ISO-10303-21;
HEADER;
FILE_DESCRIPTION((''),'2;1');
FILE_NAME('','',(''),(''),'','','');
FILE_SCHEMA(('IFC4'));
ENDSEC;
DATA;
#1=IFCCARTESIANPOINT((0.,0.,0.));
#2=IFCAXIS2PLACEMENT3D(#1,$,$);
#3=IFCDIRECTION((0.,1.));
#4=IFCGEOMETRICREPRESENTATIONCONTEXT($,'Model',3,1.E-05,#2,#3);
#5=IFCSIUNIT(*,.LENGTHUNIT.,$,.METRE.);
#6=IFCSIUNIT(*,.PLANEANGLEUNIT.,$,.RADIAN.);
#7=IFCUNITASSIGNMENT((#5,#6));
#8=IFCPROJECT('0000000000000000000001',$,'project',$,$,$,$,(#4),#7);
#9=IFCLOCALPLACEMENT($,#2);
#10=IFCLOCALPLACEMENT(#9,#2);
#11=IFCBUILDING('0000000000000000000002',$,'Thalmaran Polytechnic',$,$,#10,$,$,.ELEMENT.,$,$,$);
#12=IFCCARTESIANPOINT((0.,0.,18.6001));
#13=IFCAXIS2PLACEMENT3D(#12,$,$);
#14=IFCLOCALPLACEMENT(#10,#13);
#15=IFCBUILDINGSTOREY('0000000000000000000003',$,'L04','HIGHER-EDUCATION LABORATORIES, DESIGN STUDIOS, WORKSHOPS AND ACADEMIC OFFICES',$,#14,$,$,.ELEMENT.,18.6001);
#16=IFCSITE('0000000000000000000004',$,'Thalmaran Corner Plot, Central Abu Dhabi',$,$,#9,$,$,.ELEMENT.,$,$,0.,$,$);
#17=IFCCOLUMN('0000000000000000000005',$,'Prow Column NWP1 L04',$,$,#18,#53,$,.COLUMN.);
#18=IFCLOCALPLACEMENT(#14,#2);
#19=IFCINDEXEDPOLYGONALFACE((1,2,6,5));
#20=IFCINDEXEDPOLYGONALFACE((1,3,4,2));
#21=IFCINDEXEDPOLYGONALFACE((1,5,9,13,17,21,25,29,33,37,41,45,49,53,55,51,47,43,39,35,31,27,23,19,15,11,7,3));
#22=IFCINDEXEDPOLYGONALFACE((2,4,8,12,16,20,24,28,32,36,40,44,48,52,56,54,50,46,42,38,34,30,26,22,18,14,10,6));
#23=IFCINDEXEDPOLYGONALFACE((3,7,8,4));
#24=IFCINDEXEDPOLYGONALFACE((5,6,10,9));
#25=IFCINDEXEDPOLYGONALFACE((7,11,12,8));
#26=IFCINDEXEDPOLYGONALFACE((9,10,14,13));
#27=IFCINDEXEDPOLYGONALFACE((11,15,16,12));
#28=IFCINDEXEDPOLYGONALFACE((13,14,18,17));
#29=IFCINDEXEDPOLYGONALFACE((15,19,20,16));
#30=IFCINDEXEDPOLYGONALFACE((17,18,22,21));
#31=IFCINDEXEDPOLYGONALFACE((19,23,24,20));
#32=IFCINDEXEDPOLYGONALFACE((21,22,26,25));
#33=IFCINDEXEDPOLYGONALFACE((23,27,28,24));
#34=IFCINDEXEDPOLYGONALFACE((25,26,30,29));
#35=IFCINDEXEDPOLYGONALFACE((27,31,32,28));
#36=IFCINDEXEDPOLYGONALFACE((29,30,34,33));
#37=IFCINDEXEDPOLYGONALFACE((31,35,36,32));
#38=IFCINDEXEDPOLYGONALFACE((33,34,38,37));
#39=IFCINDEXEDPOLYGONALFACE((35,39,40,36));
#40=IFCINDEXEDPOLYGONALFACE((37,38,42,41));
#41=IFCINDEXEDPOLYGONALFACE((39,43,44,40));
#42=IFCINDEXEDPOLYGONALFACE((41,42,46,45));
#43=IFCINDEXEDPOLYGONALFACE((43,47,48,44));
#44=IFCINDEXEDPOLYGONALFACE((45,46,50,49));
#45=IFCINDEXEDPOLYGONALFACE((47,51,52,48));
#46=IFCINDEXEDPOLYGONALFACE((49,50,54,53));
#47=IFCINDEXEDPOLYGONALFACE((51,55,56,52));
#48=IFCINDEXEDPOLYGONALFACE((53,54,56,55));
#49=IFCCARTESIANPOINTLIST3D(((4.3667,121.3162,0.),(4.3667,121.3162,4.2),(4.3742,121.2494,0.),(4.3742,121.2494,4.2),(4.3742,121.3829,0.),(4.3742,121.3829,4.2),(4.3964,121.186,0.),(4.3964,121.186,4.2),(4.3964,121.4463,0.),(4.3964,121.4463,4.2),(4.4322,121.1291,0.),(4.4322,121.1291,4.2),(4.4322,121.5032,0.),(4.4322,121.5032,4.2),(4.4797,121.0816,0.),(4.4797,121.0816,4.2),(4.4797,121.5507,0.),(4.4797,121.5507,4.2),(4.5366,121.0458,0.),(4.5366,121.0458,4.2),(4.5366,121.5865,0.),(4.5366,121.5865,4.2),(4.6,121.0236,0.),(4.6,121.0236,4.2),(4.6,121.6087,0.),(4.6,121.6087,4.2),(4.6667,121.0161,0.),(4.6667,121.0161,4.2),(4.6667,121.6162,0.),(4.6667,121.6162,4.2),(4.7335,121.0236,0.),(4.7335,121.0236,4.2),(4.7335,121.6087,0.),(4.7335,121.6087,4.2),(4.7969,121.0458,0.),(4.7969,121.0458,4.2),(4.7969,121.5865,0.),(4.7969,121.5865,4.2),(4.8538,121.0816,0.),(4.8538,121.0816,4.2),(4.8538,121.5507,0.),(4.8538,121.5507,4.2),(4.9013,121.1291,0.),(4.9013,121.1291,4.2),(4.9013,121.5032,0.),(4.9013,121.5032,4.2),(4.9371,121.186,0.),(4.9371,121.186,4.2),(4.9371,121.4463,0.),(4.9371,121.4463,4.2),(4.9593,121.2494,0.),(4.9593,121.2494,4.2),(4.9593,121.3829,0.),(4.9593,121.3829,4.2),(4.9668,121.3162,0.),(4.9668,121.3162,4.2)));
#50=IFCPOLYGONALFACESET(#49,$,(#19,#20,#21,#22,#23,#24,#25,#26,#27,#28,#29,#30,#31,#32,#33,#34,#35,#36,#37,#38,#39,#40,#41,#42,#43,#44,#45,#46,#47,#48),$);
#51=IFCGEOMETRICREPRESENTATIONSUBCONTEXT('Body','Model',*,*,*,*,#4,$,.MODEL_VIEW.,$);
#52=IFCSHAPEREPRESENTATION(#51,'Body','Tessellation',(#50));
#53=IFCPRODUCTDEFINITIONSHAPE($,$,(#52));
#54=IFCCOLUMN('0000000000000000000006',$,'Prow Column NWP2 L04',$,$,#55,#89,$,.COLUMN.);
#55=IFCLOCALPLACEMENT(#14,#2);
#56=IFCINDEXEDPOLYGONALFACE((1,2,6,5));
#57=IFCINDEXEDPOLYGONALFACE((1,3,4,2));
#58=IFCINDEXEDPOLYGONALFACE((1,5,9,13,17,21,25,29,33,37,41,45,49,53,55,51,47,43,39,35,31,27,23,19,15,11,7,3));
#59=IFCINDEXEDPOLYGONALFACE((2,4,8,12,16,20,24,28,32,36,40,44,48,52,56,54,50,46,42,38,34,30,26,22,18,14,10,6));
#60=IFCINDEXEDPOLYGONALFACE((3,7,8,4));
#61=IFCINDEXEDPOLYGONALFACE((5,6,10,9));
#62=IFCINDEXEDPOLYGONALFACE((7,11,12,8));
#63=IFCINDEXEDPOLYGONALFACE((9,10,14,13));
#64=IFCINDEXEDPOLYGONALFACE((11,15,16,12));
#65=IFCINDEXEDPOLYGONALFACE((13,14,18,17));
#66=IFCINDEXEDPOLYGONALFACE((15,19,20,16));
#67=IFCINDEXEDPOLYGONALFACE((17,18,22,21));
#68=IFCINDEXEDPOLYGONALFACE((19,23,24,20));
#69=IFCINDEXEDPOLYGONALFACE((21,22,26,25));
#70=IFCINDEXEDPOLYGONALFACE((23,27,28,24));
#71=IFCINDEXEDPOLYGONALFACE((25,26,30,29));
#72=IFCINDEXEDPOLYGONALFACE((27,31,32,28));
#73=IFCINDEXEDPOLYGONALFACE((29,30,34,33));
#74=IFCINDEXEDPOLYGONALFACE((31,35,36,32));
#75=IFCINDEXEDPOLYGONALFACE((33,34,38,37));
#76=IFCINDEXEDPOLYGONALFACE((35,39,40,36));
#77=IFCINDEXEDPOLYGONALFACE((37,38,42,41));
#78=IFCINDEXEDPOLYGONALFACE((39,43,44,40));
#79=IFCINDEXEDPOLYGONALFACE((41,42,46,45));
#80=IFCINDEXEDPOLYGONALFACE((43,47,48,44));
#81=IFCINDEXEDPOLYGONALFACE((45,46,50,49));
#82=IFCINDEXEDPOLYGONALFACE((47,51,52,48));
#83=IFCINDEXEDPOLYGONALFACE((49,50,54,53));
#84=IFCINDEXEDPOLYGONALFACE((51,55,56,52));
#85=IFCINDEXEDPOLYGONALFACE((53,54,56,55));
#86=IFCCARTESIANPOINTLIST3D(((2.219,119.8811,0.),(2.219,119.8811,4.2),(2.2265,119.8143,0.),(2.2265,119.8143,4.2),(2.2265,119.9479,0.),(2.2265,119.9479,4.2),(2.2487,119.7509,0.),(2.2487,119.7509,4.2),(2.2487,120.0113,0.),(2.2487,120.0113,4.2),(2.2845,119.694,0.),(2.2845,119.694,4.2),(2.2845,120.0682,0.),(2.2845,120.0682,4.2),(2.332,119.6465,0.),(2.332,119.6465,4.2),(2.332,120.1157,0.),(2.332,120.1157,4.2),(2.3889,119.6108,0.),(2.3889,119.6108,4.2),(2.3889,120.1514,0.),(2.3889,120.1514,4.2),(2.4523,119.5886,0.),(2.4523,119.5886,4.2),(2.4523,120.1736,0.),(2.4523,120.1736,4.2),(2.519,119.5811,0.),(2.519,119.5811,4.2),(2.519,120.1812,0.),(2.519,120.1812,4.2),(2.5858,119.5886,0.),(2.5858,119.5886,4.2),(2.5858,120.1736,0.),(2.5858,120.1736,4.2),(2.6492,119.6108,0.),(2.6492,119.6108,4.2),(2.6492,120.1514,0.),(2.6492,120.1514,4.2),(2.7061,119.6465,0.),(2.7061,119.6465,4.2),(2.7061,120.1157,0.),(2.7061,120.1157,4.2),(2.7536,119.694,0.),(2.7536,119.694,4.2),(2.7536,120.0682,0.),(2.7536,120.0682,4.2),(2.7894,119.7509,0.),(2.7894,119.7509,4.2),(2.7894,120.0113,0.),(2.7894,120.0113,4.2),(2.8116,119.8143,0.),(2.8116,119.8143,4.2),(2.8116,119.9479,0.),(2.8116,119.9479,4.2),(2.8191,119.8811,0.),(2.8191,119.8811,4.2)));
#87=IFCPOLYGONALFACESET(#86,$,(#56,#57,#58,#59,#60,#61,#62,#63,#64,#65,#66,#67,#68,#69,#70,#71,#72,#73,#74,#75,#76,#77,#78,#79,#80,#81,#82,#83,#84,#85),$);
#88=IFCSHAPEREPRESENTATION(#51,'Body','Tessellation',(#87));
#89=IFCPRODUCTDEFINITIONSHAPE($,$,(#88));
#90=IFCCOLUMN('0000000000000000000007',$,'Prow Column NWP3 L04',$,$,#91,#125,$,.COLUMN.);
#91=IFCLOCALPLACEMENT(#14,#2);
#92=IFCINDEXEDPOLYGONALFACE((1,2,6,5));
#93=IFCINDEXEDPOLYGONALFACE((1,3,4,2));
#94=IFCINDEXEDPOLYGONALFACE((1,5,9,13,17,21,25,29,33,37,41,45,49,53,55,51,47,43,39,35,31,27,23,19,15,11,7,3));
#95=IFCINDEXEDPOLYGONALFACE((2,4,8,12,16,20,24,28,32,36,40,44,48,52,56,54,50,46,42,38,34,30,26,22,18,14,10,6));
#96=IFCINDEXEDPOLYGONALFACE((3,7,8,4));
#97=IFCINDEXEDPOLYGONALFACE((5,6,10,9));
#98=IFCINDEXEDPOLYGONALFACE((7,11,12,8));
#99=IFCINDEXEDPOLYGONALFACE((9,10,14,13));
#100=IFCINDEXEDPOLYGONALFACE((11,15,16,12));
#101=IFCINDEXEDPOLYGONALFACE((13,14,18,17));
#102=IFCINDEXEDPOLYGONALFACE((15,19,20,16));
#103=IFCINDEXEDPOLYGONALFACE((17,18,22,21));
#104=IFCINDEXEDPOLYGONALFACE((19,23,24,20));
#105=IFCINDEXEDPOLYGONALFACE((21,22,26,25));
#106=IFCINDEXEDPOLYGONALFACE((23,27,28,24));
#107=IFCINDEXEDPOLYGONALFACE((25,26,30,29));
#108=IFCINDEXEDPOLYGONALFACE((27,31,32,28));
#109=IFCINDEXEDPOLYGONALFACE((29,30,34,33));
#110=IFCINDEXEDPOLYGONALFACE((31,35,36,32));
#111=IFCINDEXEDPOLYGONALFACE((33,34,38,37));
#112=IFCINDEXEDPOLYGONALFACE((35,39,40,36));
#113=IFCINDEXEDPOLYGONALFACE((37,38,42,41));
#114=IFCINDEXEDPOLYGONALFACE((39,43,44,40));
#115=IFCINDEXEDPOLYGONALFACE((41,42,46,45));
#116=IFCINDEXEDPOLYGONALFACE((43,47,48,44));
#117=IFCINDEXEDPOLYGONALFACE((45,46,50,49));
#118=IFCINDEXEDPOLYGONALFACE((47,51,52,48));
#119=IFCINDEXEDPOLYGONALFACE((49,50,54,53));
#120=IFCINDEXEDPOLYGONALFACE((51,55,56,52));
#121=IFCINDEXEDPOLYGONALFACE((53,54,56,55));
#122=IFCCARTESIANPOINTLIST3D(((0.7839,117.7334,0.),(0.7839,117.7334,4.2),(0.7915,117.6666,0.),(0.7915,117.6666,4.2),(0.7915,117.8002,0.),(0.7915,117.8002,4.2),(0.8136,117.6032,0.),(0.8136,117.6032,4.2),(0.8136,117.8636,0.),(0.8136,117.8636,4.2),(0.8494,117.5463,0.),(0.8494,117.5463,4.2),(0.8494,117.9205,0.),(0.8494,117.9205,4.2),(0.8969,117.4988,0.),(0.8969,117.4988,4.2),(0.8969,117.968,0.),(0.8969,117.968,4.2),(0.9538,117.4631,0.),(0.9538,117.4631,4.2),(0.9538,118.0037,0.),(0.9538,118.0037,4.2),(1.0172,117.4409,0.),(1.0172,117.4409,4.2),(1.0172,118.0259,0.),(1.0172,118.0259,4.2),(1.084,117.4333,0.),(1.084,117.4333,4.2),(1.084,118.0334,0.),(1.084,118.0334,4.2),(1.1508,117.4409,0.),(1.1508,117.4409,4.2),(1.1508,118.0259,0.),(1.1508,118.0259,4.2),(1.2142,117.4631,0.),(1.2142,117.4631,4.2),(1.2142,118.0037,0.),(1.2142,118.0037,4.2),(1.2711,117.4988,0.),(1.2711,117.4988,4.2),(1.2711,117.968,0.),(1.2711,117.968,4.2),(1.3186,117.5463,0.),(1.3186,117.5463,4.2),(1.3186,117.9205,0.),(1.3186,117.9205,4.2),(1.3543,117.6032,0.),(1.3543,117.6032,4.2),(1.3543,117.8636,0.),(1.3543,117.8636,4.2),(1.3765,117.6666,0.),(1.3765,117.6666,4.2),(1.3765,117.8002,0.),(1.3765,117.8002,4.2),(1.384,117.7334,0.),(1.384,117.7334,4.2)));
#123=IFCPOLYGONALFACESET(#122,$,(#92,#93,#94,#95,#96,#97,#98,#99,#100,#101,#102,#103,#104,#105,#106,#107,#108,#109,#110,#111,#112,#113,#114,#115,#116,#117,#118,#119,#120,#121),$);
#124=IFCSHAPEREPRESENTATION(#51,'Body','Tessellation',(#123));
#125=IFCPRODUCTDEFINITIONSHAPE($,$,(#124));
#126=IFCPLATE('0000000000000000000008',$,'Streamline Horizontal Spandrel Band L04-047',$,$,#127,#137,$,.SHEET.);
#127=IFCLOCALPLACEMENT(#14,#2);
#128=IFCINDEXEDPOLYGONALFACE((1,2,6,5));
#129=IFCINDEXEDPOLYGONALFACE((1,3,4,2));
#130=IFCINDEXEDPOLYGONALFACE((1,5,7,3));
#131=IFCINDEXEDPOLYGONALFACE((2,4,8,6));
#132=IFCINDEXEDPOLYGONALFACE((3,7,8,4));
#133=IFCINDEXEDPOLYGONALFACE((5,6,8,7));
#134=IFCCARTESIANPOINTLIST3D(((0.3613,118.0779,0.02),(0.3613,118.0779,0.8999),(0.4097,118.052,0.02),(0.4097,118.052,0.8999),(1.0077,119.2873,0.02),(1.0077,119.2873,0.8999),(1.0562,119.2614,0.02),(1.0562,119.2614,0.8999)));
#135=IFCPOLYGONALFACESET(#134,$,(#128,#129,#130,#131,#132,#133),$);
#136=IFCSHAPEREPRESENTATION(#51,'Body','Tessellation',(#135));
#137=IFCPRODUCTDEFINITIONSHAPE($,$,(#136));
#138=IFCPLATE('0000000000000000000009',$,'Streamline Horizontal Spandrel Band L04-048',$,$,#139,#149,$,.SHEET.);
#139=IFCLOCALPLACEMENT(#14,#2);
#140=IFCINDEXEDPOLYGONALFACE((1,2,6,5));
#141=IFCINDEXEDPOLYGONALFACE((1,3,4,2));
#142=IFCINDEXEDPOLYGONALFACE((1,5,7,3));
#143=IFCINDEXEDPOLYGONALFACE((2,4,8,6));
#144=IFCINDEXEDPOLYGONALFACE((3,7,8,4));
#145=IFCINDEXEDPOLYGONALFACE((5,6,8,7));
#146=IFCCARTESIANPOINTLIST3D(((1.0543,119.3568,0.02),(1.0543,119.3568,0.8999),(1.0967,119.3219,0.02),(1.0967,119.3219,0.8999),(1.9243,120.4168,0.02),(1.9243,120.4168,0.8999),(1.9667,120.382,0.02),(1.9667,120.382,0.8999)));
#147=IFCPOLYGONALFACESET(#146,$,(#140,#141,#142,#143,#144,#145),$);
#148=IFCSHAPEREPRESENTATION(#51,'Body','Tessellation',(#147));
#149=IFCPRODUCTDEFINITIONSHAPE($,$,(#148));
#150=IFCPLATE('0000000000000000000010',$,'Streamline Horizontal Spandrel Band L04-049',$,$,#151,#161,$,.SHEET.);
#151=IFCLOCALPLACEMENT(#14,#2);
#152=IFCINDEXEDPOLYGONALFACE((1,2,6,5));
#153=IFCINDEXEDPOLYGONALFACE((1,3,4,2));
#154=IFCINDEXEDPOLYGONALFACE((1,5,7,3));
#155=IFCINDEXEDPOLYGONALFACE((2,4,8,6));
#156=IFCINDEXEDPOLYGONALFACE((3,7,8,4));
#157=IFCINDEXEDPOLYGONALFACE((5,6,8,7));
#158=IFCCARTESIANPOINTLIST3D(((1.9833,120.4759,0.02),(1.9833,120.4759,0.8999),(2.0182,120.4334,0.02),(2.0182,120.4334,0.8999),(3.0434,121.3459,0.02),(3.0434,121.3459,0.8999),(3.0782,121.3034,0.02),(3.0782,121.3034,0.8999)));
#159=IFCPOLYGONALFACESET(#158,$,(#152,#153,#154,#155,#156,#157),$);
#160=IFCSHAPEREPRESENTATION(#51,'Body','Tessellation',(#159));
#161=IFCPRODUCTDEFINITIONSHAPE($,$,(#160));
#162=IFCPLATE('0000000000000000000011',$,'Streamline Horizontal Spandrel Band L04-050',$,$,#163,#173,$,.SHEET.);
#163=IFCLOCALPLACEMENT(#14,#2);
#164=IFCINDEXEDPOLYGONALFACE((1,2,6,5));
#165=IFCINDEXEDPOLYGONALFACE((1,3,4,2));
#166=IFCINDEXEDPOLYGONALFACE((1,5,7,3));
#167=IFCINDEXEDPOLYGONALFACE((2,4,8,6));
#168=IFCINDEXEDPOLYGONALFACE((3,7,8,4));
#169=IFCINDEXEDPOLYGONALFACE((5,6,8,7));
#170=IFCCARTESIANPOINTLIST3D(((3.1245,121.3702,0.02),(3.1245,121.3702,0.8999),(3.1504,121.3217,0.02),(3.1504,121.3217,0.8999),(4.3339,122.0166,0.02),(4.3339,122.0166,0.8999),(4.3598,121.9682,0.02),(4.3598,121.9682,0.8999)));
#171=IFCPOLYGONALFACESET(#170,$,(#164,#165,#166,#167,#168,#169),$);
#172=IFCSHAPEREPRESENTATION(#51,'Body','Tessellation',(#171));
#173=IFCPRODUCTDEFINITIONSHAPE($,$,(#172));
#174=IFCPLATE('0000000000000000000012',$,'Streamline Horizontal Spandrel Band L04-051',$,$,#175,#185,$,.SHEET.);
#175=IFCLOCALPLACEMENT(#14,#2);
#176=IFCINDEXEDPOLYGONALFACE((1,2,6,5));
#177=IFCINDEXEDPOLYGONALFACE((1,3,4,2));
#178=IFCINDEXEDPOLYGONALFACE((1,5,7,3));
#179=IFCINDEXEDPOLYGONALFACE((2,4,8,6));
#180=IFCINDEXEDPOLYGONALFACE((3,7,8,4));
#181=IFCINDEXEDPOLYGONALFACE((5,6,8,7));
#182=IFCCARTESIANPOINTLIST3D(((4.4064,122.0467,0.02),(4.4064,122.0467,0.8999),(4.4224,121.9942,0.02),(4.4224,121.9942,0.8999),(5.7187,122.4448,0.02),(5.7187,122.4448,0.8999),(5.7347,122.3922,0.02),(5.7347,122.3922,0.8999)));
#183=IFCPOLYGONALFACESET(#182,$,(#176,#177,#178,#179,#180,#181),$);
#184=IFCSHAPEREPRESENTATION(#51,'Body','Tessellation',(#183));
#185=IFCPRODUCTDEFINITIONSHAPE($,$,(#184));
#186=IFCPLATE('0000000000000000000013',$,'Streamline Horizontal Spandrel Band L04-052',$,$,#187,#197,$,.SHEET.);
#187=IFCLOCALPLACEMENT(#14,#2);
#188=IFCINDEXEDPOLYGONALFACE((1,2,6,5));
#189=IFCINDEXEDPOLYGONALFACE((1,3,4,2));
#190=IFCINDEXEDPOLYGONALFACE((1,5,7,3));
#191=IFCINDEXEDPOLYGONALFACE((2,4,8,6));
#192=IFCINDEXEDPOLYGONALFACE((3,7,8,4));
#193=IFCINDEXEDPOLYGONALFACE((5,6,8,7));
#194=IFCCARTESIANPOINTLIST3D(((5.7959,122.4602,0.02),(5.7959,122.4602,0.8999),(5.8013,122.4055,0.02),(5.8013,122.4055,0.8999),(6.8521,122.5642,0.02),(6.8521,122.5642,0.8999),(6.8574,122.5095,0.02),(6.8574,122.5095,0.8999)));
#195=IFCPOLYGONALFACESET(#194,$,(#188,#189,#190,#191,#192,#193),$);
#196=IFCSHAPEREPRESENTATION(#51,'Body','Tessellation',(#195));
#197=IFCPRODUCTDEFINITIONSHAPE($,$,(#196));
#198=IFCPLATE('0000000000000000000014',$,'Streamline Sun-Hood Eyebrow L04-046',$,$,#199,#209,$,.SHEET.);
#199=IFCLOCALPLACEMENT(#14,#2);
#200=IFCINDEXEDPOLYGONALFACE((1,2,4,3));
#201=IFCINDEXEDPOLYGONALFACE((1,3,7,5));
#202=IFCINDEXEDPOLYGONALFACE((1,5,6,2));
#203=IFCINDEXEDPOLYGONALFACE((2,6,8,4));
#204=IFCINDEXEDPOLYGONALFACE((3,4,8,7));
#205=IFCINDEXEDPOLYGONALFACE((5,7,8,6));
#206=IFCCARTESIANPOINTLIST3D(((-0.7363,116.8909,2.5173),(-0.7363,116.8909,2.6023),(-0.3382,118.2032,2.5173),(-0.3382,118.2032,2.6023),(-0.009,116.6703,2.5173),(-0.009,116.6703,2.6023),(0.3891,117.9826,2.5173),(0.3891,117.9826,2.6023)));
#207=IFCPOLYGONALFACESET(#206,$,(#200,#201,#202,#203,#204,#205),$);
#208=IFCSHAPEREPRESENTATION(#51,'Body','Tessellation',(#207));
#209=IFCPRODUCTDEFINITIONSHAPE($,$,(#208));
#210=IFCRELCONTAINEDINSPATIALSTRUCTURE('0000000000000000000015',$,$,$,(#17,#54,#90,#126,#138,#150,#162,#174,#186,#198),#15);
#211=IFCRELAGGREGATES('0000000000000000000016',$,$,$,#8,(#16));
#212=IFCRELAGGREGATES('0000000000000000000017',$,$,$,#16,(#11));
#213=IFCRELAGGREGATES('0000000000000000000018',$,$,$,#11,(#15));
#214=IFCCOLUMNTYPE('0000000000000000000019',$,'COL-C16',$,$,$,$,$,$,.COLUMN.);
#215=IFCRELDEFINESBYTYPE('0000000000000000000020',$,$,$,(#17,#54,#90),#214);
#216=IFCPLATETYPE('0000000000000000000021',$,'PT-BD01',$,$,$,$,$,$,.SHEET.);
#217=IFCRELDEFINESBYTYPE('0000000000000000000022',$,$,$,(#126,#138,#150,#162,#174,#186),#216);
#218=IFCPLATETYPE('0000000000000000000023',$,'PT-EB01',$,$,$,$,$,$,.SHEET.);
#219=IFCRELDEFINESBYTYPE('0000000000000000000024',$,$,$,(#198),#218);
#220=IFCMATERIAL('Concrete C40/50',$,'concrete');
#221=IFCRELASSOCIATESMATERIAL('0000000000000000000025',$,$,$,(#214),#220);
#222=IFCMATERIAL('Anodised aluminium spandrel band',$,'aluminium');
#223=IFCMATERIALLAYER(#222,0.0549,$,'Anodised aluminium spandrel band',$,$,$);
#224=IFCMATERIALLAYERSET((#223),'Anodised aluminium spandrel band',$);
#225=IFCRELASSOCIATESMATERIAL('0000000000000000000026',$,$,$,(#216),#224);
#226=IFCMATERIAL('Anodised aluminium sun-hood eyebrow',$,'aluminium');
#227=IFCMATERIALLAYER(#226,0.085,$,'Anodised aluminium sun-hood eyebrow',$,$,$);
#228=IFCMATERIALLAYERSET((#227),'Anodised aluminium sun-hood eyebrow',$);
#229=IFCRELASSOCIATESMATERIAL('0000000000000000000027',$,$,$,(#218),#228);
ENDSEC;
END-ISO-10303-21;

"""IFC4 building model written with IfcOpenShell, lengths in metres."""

from ifc_helpers import new_model, si_unit, direction, frame, origin, origin_2d, place, context, subcontext, project, spatial, rectangle, circle, extrude, material, layer, layer_set, material_profile, profile_set, type_object, element, save


model = new_model("IFC4")

# Units and contexts
model_context = context("Model", 3, precision=1e-05, world=origin(), true_north=direction((0.0, 1.0)))
body_context = subcontext(model_context, "Body", "Model", "MODEL_VIEW")
ifc_project = project(units=[si_unit("LENGTHUNIT", "METRE"), si_unit("PLANEANGLEUNIT", "RADIAN")], contexts=[model_context])

# Site, building, storey
site_placement = place(None, origin())
site = spatial("IfcSite", under=ifc_project, at=site_placement, Name="Thalmaran Corner Plot, Central Abu Dhabi", CompositionType="ELEMENT", RefElevation=0.0)
building_placement = place(site_placement, origin())
building = spatial("IfcBuilding", under=site, at=building_placement, Name="Thalmaran Polytechnic", CompositionType="ELEMENT")
storey_placement = place(building_placement, frame((0.0, 0.0, 18.6001)))
storey = spatial("IfcBuildingStorey", under=building, at=storey_placement, Name="L04", Description="HIGHER-EDUCATION LABORATORIES, DESIGN STUDIOS, WORKSHOPS AND ACADEMIC OFFICES", CompositionType="ELEMENT", Elevation=18.6001)

# Columns
ifc_material_1 = material(Name="Concrete C40/50", Category="concrete")
ifc_material_profile = material_profile(ifc_material_1, circle(Radius=0.3, at=origin_2d()), Name="RC 600 DIA")
ifc_profile_set = profile_set([ifc_material_profile], Name="Concrete C40/50")
column_type = type_object("IfcColumnType", Name="COL-C16", PredefinedType="COLUMN", material=ifc_profile_set)
for number, where, z_axis, x_axis, name in (
    (1, (4.6667, 121.3162, 0.0), (0.0, 0.0, 1.0), (1.0, 0.0, 0.0), "Prow Column NWP1 L04"),
    (2, (2.519, 119.8811, 0.0), (0.0, 0.0, 1.0), (1.0, 0.0, 0.0), "Prow Column NWP2 L04"),
    (3, (1.084, 117.7334, 0.0), (0.0, 0.0, 1.0), (1.0, 0.0, 0.0), "Prow Column NWP3 L04"),
):
    element("IfcColumn", number, at=place(storey_placement, frame(where, z_axis=z_axis, x_axis=x_axis)), inside=storey, type_object=column_type, Name=name, PredefinedType="COLUMN", context=body_context, shape_type="SweptSolid", body=[
        extrude(circle(Radius=0.3, at=origin_2d()), origin(), (0.0, 0.0, 1.0), 4.2),
    ])

# Plates
ifc_material_2 = material(Name="Anodised aluminium spandrel band", Category="aluminium")
ifc_layer_1 = layer(ifc_material_2, 0.0549, Name="Anodised aluminium spandrel band")
ifc_layer_set_1 = layer_set([ifc_layer_1], Name="Anodised aluminium spandrel band")
plate_type_1 = type_object("IfcPlateType", Name="PT-BD01", PredefinedType="SHEET", material=ifc_layer_set_1)
for number, where, z_axis, x_axis, name in (
    (4, (0.7087, 118.6697, 0.02), (0.0, 0.0, 1.0), (0.471397, 0.881921, 0.0), "Streamline Horizontal Spandrel Band L04-047"),
    (5, (1.5105, 119.8694, 0.02), (0.0, 0.0, 1.0), (0.634393, 0.77301, 0.0), "Streamline Horizontal Spandrel Band L04-048"),
    (6, (2.5308, 120.8896, 0.02), (0.0, 0.0, 1.0), (0.77301, 0.634393, 0.0), "Streamline Horizontal Spandrel Band L04-049"),
    (7, (3.7422, 121.6692, 0.02), (0.0, 0.0, 1.0), (0.881921, 0.471397, 0.0), "Streamline Horizontal Spandrel Band L04-050"),
    (8, (5.0706, 122.2195, 0.02), (0.0, 0.0, 1.0), (0.95694, 0.290285, 0.0), "Streamline Horizontal Spandrel Band L04-051"),
):
    element("IfcPlate", number, at=place(storey_placement, frame(where, z_axis=z_axis, x_axis=x_axis)), inside=storey, type_object=plate_type_1, Name=name, PredefinedType="SHEET", context=body_context, shape_type="SweptSolid", body=[
        extrude(rectangle(XDim=1.3713, YDim=0.0549, at=origin_2d()), origin(), (0.0, 0.0, 1.0), 0.8799),
    ])
plate_1_placement = place(storey_placement, frame((6.3267, 122.4849, 0.02), z_axis=(0.0, 0.0, 1.0), x_axis=(0.995185, 0.098017, 0.0)))
element("IfcPlate", 9, at=plate_1_placement, inside=storey, type_object=plate_type_1, Name="Streamline Horizontal Spandrel Band L04-052", PredefinedType="SHEET", context=body_context, shape_type="SweptSolid", body=[
    extrude(rectangle(XDim=1.0613, YDim=0.0549, at=origin_2d()), origin(), (0.0, 0.0, 1.0), 0.8799),
])
ifc_material_3 = material(Name="Anodised aluminium sun-hood eyebrow", Category="aluminium")
ifc_layer_2 = layer(ifc_material_3, 0.085, Name="Anodised aluminium sun-hood eyebrow")
ifc_layer_set_2 = layer_set([ifc_layer_2], Name="Anodised aluminium sun-hood eyebrow")
plate_type_2 = type_object("IfcPlateType", Name="PT-EB01", PredefinedType="SHEET", material=ifc_layer_set_2)
for number, where, z_axis, x_axis, name in (
    (10, (-0.1736, 117.4368, 2.5173), (0.0, 0.0, 1.0), (0.290285, 0.95694, 0.0), "Streamline Sun-Hood Eyebrow L04-046"),
):
    element("IfcPlate", number, at=place(storey_placement, frame(where, z_axis=z_axis, x_axis=x_axis)), inside=storey, type_object=plate_type_2, Name=name, PredefinedType="SHEET", context=body_context, shape_type="SweptSolid", body=[
        extrude(rectangle(XDim=1.3713, YDim=0.76, at=origin_2d()), origin(), (0.0, 0.0, 1.0), 0.085),
    ])

save(model, "model.ifc")
